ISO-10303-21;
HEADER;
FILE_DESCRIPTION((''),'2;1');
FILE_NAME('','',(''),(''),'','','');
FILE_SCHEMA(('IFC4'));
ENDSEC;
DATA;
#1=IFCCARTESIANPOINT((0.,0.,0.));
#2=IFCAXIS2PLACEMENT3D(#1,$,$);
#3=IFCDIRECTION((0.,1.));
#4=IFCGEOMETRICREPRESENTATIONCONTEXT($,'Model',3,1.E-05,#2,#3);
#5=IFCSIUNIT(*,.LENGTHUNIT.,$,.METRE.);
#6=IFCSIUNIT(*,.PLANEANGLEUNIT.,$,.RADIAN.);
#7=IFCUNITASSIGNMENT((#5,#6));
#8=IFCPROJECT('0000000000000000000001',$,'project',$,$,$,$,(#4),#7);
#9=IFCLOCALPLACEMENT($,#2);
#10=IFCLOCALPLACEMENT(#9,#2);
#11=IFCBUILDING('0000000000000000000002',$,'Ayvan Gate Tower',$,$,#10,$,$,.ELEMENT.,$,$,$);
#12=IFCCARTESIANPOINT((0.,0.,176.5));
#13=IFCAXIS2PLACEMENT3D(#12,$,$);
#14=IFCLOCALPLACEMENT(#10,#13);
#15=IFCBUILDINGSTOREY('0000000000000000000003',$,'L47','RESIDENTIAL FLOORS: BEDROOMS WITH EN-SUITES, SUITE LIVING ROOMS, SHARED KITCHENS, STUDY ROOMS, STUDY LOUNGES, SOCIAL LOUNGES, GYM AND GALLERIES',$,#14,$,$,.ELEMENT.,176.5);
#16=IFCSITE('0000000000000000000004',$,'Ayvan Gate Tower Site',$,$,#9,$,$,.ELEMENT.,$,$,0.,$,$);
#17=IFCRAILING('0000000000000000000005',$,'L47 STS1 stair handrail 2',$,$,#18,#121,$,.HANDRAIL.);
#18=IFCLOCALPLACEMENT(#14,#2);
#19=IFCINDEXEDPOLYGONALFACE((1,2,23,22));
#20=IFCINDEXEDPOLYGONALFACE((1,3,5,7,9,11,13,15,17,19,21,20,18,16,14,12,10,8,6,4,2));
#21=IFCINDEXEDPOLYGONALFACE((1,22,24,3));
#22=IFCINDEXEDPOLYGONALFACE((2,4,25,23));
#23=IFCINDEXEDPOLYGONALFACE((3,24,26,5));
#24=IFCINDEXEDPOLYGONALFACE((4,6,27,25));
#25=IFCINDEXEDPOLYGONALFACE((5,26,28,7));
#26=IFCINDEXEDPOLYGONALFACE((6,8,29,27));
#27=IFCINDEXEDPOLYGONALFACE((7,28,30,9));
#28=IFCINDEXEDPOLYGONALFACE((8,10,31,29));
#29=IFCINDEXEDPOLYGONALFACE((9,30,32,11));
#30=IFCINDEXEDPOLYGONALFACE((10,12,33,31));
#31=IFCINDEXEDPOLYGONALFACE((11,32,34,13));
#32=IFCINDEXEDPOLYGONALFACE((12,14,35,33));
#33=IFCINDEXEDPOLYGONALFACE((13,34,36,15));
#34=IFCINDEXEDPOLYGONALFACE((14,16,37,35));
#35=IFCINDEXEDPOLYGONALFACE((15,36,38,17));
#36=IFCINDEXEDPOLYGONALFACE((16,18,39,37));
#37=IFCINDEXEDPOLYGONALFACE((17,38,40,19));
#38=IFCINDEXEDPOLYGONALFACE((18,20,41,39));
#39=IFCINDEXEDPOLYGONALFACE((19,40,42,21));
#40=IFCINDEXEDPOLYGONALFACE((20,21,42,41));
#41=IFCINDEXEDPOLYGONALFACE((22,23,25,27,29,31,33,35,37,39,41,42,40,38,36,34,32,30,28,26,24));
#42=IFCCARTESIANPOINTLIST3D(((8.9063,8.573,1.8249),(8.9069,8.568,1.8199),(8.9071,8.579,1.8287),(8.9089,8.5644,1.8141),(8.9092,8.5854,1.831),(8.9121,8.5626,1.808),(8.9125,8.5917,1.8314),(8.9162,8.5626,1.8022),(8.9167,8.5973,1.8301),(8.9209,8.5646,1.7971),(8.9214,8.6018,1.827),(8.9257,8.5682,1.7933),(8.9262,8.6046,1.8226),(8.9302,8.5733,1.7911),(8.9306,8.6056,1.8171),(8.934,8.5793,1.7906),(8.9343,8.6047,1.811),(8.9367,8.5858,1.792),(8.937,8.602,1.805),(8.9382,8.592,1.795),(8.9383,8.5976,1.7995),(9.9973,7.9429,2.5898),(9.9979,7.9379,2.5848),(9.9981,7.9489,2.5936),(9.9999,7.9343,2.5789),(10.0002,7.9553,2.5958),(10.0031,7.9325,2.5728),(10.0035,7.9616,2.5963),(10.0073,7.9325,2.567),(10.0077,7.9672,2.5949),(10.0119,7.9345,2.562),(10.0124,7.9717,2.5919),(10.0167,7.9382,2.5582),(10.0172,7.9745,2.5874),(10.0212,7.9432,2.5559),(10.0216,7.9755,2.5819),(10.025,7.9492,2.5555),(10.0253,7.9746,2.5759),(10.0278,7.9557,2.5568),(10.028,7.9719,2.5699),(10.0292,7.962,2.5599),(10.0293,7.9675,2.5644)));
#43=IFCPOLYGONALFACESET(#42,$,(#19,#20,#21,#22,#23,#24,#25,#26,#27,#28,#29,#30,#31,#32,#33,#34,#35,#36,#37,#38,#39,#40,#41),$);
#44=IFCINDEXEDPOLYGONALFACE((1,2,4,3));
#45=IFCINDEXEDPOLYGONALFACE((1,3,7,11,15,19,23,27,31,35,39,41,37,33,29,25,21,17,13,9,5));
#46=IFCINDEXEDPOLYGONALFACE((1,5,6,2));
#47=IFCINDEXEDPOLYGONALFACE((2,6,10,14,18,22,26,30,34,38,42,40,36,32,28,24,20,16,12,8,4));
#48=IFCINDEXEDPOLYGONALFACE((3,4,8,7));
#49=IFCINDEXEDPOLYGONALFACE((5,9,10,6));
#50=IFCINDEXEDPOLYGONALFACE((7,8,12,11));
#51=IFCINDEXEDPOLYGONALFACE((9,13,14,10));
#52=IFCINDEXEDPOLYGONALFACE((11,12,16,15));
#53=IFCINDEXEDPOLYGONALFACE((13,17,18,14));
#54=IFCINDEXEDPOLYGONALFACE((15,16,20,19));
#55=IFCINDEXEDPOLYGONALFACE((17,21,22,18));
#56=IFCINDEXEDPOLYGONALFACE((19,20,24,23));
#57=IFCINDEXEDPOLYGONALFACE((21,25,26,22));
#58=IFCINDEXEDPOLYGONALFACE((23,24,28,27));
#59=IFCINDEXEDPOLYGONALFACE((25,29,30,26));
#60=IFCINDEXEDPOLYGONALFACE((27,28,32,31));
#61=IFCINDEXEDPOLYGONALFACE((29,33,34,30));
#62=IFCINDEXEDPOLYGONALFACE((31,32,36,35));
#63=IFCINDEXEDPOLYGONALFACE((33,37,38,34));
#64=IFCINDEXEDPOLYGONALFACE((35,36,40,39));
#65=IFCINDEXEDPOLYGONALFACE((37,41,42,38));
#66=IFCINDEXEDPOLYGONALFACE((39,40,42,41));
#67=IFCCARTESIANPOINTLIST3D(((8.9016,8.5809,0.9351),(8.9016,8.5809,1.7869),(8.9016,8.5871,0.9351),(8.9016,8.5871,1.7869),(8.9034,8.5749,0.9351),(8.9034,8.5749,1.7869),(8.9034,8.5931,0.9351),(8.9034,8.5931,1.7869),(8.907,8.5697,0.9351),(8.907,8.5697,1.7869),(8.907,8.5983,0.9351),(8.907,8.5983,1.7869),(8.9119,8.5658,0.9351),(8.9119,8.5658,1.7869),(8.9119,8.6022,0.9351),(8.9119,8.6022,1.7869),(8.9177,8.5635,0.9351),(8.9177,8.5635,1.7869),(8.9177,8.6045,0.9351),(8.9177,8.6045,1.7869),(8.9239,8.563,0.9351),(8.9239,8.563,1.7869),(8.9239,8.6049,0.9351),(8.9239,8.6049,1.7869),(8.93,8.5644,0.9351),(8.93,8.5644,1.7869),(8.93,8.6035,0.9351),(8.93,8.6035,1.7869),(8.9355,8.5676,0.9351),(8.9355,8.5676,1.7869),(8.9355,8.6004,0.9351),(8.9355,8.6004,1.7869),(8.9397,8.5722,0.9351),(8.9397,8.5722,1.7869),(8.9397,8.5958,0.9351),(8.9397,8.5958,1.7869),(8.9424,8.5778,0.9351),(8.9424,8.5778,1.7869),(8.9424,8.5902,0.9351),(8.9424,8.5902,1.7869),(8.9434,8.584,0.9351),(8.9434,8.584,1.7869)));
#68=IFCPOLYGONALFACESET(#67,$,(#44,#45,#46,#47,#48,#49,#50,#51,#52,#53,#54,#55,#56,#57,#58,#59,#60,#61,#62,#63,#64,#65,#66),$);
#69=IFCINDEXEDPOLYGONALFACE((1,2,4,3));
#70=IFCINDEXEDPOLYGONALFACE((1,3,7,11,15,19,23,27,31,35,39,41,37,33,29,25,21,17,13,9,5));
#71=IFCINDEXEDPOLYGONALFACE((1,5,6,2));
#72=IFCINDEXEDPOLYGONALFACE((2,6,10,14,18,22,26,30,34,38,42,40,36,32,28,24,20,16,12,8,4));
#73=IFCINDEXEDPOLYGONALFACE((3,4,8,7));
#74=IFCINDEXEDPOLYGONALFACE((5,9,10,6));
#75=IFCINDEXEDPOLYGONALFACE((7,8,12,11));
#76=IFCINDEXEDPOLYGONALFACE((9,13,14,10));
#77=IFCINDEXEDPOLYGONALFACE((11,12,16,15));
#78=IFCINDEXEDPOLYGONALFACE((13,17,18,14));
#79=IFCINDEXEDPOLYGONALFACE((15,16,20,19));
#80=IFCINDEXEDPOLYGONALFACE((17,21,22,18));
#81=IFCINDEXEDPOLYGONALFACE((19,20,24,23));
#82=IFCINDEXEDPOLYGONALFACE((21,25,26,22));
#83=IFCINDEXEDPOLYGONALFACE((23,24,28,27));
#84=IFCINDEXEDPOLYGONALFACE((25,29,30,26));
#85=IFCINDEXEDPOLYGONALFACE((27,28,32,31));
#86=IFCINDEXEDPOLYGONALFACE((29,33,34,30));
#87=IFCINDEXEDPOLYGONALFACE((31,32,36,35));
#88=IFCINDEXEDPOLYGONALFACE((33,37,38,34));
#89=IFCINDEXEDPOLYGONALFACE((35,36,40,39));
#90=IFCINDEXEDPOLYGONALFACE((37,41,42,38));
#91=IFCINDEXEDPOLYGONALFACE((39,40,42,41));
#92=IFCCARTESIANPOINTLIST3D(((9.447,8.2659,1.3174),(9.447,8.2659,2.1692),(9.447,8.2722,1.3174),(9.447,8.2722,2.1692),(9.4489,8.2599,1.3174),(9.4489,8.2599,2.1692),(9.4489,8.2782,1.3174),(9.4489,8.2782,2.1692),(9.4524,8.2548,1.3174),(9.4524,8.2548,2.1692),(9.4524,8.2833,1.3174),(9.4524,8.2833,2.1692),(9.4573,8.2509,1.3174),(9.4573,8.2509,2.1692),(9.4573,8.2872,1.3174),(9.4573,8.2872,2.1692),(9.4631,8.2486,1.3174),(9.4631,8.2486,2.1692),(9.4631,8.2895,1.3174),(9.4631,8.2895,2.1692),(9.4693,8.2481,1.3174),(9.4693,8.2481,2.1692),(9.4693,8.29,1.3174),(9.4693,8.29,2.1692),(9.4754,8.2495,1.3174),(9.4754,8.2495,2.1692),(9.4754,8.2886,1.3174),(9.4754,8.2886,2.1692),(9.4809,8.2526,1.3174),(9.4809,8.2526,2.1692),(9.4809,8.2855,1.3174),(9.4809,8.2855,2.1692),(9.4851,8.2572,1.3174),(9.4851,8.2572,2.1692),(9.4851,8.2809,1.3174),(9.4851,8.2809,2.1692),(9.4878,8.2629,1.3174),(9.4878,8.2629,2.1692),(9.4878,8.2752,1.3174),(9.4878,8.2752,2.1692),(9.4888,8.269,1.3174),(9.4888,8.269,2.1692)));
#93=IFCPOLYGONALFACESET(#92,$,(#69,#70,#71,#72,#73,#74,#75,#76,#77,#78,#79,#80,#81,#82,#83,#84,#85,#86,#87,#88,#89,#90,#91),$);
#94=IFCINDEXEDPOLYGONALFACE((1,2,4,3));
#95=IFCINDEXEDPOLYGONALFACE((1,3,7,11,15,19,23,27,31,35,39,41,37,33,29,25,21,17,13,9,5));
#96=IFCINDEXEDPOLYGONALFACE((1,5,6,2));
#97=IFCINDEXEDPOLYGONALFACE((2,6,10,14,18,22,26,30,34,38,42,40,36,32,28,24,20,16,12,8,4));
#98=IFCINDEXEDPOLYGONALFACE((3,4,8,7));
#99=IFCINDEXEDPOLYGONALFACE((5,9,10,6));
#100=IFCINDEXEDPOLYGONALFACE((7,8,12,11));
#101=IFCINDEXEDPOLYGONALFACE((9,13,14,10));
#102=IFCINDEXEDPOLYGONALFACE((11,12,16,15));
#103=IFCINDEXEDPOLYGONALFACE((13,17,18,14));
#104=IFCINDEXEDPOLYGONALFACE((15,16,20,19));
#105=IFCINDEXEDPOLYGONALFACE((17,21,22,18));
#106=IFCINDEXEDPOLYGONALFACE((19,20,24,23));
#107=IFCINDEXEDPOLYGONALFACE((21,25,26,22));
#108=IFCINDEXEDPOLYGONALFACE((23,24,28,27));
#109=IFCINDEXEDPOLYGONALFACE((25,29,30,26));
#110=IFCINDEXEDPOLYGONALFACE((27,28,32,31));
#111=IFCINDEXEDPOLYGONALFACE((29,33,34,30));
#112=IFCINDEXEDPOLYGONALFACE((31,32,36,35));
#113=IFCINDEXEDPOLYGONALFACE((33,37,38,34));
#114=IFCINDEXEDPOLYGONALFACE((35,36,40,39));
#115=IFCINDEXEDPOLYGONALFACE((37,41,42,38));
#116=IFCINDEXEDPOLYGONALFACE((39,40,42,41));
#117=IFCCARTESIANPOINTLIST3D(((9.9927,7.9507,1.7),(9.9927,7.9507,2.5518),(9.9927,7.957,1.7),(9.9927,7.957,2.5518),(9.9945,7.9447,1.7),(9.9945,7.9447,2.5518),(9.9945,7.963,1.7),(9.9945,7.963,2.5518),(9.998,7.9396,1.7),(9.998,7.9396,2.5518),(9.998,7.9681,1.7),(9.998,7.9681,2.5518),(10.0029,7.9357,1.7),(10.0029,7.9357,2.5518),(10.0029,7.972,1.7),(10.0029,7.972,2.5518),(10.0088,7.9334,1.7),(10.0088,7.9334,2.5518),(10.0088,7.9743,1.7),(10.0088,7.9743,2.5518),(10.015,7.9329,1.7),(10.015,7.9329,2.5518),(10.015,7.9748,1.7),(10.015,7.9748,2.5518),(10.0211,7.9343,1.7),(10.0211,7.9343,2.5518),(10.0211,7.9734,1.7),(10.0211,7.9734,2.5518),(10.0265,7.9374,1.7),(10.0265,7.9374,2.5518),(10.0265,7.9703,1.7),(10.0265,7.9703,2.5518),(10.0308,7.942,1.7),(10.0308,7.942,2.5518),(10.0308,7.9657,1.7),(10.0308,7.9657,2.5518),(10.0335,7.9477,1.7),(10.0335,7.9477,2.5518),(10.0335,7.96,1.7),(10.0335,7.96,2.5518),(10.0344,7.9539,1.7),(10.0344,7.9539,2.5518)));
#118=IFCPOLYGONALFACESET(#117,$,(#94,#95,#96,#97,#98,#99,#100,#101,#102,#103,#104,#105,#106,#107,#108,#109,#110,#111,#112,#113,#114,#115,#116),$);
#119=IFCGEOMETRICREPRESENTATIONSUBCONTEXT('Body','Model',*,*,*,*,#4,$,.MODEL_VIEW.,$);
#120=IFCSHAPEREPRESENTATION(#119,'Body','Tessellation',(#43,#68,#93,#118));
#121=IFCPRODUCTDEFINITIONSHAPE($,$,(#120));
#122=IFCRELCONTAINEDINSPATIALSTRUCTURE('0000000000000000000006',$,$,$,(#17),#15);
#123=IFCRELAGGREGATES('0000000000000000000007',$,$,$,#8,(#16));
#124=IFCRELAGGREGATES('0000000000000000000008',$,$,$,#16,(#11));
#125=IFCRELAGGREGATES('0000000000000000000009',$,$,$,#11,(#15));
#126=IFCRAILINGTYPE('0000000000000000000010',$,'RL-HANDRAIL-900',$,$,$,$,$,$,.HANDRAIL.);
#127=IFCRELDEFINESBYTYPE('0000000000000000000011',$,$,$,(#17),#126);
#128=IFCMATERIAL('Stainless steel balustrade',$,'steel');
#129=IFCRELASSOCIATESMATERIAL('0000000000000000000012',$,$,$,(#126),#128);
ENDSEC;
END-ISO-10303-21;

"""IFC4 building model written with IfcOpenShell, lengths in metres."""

from ifc_helpers import new_model, si_unit, direction, frame, origin, origin_2d, place, context, subcontext, project, spatial, circle, extrude, material, type_object, element, save


model = new_model("IFC4")

# Units and contexts
model_context = context("Model", 3, precision=1e-05, world=origin(), true_north=direction((0.0, 1.0)))
body_context = subcontext(model_context, "Body", "Model", "MODEL_VIEW")
ifc_project = project(units=[si_unit("LENGTHUNIT", "METRE"), si_unit("PLANEANGLEUNIT", "RADIAN")], contexts=[model_context])

# Site, building, storey
site_placement = place(None, origin())
site = spatial("IfcSite", under=ifc_project, at=site_placement, Name="Ayvan Gate Tower Site", CompositionType="ELEMENT", RefElevation=0.0)
building_placement = place(site_placement, origin())
building = spatial("IfcBuilding", under=site, at=building_placement, Name="Ayvan Gate Tower", CompositionType="ELEMENT")
storey_placement = place(building_placement, frame((0.0, 0.0, 176.5)))
storey = spatial("IfcBuildingStorey", under=building, at=storey_placement, Name="L47", Description="RESIDENTIAL FLOORS: BEDROOMS WITH EN-SUITES, SUITE LIVING ROOMS, SHARED KITCHENS, STUDY ROOMS, STUDY LOUNGES, SOCIAL LOUNGES, GYM AND GALLERIES", CompositionType="ELEMENT", Elevation=176.5)

# Railing
ifc_material_1 = material(Name="Stainless steel balustrade", Category="steel")
railing_type_1 = type_object("IfcRailingType", Name="RL-HANDRAIL-900", PredefinedType="HANDRAIL", material=ifc_material_1)
railing_1_placement = place(storey_placement, frame((8.9224, 8.584, 0.9351)))
element("IfcRailing", 1, at=railing_1_placement, inside=storey, type_object=railing_type_1, Name="L47 STS1 stair handrail 2", PredefinedType="HANDRAIL", context=body_context, shape_type="SweptSolid", body=[
    extrude(circle(Radius=0.0239, at=origin_2d()), frame((0.0, 0.0, 0.876), z_axis=(0.740229, -0.427508, 0.518939), x_axis=(0.500119, 0.865956, 0.0)), (0.0, 0.0, 1.0), 1.4739),
    extrude(circle(Radius=0.021, at=origin_2d()), origin(), (0.0, 0.0, 1.0), 0.8518),
    extrude(circle(Radius=0.021, at=origin_2d()), frame((0.5454, -0.3149, 0.3823)), (0.0, 0.0, 1.0), 0.8518),
    extrude(circle(Radius=0.021, at=origin_2d()), frame((1.0911, -0.6301, 0.7649)), (0.0, 0.0, 1.0), 0.8518),
])

save(model, "model.ifc")
